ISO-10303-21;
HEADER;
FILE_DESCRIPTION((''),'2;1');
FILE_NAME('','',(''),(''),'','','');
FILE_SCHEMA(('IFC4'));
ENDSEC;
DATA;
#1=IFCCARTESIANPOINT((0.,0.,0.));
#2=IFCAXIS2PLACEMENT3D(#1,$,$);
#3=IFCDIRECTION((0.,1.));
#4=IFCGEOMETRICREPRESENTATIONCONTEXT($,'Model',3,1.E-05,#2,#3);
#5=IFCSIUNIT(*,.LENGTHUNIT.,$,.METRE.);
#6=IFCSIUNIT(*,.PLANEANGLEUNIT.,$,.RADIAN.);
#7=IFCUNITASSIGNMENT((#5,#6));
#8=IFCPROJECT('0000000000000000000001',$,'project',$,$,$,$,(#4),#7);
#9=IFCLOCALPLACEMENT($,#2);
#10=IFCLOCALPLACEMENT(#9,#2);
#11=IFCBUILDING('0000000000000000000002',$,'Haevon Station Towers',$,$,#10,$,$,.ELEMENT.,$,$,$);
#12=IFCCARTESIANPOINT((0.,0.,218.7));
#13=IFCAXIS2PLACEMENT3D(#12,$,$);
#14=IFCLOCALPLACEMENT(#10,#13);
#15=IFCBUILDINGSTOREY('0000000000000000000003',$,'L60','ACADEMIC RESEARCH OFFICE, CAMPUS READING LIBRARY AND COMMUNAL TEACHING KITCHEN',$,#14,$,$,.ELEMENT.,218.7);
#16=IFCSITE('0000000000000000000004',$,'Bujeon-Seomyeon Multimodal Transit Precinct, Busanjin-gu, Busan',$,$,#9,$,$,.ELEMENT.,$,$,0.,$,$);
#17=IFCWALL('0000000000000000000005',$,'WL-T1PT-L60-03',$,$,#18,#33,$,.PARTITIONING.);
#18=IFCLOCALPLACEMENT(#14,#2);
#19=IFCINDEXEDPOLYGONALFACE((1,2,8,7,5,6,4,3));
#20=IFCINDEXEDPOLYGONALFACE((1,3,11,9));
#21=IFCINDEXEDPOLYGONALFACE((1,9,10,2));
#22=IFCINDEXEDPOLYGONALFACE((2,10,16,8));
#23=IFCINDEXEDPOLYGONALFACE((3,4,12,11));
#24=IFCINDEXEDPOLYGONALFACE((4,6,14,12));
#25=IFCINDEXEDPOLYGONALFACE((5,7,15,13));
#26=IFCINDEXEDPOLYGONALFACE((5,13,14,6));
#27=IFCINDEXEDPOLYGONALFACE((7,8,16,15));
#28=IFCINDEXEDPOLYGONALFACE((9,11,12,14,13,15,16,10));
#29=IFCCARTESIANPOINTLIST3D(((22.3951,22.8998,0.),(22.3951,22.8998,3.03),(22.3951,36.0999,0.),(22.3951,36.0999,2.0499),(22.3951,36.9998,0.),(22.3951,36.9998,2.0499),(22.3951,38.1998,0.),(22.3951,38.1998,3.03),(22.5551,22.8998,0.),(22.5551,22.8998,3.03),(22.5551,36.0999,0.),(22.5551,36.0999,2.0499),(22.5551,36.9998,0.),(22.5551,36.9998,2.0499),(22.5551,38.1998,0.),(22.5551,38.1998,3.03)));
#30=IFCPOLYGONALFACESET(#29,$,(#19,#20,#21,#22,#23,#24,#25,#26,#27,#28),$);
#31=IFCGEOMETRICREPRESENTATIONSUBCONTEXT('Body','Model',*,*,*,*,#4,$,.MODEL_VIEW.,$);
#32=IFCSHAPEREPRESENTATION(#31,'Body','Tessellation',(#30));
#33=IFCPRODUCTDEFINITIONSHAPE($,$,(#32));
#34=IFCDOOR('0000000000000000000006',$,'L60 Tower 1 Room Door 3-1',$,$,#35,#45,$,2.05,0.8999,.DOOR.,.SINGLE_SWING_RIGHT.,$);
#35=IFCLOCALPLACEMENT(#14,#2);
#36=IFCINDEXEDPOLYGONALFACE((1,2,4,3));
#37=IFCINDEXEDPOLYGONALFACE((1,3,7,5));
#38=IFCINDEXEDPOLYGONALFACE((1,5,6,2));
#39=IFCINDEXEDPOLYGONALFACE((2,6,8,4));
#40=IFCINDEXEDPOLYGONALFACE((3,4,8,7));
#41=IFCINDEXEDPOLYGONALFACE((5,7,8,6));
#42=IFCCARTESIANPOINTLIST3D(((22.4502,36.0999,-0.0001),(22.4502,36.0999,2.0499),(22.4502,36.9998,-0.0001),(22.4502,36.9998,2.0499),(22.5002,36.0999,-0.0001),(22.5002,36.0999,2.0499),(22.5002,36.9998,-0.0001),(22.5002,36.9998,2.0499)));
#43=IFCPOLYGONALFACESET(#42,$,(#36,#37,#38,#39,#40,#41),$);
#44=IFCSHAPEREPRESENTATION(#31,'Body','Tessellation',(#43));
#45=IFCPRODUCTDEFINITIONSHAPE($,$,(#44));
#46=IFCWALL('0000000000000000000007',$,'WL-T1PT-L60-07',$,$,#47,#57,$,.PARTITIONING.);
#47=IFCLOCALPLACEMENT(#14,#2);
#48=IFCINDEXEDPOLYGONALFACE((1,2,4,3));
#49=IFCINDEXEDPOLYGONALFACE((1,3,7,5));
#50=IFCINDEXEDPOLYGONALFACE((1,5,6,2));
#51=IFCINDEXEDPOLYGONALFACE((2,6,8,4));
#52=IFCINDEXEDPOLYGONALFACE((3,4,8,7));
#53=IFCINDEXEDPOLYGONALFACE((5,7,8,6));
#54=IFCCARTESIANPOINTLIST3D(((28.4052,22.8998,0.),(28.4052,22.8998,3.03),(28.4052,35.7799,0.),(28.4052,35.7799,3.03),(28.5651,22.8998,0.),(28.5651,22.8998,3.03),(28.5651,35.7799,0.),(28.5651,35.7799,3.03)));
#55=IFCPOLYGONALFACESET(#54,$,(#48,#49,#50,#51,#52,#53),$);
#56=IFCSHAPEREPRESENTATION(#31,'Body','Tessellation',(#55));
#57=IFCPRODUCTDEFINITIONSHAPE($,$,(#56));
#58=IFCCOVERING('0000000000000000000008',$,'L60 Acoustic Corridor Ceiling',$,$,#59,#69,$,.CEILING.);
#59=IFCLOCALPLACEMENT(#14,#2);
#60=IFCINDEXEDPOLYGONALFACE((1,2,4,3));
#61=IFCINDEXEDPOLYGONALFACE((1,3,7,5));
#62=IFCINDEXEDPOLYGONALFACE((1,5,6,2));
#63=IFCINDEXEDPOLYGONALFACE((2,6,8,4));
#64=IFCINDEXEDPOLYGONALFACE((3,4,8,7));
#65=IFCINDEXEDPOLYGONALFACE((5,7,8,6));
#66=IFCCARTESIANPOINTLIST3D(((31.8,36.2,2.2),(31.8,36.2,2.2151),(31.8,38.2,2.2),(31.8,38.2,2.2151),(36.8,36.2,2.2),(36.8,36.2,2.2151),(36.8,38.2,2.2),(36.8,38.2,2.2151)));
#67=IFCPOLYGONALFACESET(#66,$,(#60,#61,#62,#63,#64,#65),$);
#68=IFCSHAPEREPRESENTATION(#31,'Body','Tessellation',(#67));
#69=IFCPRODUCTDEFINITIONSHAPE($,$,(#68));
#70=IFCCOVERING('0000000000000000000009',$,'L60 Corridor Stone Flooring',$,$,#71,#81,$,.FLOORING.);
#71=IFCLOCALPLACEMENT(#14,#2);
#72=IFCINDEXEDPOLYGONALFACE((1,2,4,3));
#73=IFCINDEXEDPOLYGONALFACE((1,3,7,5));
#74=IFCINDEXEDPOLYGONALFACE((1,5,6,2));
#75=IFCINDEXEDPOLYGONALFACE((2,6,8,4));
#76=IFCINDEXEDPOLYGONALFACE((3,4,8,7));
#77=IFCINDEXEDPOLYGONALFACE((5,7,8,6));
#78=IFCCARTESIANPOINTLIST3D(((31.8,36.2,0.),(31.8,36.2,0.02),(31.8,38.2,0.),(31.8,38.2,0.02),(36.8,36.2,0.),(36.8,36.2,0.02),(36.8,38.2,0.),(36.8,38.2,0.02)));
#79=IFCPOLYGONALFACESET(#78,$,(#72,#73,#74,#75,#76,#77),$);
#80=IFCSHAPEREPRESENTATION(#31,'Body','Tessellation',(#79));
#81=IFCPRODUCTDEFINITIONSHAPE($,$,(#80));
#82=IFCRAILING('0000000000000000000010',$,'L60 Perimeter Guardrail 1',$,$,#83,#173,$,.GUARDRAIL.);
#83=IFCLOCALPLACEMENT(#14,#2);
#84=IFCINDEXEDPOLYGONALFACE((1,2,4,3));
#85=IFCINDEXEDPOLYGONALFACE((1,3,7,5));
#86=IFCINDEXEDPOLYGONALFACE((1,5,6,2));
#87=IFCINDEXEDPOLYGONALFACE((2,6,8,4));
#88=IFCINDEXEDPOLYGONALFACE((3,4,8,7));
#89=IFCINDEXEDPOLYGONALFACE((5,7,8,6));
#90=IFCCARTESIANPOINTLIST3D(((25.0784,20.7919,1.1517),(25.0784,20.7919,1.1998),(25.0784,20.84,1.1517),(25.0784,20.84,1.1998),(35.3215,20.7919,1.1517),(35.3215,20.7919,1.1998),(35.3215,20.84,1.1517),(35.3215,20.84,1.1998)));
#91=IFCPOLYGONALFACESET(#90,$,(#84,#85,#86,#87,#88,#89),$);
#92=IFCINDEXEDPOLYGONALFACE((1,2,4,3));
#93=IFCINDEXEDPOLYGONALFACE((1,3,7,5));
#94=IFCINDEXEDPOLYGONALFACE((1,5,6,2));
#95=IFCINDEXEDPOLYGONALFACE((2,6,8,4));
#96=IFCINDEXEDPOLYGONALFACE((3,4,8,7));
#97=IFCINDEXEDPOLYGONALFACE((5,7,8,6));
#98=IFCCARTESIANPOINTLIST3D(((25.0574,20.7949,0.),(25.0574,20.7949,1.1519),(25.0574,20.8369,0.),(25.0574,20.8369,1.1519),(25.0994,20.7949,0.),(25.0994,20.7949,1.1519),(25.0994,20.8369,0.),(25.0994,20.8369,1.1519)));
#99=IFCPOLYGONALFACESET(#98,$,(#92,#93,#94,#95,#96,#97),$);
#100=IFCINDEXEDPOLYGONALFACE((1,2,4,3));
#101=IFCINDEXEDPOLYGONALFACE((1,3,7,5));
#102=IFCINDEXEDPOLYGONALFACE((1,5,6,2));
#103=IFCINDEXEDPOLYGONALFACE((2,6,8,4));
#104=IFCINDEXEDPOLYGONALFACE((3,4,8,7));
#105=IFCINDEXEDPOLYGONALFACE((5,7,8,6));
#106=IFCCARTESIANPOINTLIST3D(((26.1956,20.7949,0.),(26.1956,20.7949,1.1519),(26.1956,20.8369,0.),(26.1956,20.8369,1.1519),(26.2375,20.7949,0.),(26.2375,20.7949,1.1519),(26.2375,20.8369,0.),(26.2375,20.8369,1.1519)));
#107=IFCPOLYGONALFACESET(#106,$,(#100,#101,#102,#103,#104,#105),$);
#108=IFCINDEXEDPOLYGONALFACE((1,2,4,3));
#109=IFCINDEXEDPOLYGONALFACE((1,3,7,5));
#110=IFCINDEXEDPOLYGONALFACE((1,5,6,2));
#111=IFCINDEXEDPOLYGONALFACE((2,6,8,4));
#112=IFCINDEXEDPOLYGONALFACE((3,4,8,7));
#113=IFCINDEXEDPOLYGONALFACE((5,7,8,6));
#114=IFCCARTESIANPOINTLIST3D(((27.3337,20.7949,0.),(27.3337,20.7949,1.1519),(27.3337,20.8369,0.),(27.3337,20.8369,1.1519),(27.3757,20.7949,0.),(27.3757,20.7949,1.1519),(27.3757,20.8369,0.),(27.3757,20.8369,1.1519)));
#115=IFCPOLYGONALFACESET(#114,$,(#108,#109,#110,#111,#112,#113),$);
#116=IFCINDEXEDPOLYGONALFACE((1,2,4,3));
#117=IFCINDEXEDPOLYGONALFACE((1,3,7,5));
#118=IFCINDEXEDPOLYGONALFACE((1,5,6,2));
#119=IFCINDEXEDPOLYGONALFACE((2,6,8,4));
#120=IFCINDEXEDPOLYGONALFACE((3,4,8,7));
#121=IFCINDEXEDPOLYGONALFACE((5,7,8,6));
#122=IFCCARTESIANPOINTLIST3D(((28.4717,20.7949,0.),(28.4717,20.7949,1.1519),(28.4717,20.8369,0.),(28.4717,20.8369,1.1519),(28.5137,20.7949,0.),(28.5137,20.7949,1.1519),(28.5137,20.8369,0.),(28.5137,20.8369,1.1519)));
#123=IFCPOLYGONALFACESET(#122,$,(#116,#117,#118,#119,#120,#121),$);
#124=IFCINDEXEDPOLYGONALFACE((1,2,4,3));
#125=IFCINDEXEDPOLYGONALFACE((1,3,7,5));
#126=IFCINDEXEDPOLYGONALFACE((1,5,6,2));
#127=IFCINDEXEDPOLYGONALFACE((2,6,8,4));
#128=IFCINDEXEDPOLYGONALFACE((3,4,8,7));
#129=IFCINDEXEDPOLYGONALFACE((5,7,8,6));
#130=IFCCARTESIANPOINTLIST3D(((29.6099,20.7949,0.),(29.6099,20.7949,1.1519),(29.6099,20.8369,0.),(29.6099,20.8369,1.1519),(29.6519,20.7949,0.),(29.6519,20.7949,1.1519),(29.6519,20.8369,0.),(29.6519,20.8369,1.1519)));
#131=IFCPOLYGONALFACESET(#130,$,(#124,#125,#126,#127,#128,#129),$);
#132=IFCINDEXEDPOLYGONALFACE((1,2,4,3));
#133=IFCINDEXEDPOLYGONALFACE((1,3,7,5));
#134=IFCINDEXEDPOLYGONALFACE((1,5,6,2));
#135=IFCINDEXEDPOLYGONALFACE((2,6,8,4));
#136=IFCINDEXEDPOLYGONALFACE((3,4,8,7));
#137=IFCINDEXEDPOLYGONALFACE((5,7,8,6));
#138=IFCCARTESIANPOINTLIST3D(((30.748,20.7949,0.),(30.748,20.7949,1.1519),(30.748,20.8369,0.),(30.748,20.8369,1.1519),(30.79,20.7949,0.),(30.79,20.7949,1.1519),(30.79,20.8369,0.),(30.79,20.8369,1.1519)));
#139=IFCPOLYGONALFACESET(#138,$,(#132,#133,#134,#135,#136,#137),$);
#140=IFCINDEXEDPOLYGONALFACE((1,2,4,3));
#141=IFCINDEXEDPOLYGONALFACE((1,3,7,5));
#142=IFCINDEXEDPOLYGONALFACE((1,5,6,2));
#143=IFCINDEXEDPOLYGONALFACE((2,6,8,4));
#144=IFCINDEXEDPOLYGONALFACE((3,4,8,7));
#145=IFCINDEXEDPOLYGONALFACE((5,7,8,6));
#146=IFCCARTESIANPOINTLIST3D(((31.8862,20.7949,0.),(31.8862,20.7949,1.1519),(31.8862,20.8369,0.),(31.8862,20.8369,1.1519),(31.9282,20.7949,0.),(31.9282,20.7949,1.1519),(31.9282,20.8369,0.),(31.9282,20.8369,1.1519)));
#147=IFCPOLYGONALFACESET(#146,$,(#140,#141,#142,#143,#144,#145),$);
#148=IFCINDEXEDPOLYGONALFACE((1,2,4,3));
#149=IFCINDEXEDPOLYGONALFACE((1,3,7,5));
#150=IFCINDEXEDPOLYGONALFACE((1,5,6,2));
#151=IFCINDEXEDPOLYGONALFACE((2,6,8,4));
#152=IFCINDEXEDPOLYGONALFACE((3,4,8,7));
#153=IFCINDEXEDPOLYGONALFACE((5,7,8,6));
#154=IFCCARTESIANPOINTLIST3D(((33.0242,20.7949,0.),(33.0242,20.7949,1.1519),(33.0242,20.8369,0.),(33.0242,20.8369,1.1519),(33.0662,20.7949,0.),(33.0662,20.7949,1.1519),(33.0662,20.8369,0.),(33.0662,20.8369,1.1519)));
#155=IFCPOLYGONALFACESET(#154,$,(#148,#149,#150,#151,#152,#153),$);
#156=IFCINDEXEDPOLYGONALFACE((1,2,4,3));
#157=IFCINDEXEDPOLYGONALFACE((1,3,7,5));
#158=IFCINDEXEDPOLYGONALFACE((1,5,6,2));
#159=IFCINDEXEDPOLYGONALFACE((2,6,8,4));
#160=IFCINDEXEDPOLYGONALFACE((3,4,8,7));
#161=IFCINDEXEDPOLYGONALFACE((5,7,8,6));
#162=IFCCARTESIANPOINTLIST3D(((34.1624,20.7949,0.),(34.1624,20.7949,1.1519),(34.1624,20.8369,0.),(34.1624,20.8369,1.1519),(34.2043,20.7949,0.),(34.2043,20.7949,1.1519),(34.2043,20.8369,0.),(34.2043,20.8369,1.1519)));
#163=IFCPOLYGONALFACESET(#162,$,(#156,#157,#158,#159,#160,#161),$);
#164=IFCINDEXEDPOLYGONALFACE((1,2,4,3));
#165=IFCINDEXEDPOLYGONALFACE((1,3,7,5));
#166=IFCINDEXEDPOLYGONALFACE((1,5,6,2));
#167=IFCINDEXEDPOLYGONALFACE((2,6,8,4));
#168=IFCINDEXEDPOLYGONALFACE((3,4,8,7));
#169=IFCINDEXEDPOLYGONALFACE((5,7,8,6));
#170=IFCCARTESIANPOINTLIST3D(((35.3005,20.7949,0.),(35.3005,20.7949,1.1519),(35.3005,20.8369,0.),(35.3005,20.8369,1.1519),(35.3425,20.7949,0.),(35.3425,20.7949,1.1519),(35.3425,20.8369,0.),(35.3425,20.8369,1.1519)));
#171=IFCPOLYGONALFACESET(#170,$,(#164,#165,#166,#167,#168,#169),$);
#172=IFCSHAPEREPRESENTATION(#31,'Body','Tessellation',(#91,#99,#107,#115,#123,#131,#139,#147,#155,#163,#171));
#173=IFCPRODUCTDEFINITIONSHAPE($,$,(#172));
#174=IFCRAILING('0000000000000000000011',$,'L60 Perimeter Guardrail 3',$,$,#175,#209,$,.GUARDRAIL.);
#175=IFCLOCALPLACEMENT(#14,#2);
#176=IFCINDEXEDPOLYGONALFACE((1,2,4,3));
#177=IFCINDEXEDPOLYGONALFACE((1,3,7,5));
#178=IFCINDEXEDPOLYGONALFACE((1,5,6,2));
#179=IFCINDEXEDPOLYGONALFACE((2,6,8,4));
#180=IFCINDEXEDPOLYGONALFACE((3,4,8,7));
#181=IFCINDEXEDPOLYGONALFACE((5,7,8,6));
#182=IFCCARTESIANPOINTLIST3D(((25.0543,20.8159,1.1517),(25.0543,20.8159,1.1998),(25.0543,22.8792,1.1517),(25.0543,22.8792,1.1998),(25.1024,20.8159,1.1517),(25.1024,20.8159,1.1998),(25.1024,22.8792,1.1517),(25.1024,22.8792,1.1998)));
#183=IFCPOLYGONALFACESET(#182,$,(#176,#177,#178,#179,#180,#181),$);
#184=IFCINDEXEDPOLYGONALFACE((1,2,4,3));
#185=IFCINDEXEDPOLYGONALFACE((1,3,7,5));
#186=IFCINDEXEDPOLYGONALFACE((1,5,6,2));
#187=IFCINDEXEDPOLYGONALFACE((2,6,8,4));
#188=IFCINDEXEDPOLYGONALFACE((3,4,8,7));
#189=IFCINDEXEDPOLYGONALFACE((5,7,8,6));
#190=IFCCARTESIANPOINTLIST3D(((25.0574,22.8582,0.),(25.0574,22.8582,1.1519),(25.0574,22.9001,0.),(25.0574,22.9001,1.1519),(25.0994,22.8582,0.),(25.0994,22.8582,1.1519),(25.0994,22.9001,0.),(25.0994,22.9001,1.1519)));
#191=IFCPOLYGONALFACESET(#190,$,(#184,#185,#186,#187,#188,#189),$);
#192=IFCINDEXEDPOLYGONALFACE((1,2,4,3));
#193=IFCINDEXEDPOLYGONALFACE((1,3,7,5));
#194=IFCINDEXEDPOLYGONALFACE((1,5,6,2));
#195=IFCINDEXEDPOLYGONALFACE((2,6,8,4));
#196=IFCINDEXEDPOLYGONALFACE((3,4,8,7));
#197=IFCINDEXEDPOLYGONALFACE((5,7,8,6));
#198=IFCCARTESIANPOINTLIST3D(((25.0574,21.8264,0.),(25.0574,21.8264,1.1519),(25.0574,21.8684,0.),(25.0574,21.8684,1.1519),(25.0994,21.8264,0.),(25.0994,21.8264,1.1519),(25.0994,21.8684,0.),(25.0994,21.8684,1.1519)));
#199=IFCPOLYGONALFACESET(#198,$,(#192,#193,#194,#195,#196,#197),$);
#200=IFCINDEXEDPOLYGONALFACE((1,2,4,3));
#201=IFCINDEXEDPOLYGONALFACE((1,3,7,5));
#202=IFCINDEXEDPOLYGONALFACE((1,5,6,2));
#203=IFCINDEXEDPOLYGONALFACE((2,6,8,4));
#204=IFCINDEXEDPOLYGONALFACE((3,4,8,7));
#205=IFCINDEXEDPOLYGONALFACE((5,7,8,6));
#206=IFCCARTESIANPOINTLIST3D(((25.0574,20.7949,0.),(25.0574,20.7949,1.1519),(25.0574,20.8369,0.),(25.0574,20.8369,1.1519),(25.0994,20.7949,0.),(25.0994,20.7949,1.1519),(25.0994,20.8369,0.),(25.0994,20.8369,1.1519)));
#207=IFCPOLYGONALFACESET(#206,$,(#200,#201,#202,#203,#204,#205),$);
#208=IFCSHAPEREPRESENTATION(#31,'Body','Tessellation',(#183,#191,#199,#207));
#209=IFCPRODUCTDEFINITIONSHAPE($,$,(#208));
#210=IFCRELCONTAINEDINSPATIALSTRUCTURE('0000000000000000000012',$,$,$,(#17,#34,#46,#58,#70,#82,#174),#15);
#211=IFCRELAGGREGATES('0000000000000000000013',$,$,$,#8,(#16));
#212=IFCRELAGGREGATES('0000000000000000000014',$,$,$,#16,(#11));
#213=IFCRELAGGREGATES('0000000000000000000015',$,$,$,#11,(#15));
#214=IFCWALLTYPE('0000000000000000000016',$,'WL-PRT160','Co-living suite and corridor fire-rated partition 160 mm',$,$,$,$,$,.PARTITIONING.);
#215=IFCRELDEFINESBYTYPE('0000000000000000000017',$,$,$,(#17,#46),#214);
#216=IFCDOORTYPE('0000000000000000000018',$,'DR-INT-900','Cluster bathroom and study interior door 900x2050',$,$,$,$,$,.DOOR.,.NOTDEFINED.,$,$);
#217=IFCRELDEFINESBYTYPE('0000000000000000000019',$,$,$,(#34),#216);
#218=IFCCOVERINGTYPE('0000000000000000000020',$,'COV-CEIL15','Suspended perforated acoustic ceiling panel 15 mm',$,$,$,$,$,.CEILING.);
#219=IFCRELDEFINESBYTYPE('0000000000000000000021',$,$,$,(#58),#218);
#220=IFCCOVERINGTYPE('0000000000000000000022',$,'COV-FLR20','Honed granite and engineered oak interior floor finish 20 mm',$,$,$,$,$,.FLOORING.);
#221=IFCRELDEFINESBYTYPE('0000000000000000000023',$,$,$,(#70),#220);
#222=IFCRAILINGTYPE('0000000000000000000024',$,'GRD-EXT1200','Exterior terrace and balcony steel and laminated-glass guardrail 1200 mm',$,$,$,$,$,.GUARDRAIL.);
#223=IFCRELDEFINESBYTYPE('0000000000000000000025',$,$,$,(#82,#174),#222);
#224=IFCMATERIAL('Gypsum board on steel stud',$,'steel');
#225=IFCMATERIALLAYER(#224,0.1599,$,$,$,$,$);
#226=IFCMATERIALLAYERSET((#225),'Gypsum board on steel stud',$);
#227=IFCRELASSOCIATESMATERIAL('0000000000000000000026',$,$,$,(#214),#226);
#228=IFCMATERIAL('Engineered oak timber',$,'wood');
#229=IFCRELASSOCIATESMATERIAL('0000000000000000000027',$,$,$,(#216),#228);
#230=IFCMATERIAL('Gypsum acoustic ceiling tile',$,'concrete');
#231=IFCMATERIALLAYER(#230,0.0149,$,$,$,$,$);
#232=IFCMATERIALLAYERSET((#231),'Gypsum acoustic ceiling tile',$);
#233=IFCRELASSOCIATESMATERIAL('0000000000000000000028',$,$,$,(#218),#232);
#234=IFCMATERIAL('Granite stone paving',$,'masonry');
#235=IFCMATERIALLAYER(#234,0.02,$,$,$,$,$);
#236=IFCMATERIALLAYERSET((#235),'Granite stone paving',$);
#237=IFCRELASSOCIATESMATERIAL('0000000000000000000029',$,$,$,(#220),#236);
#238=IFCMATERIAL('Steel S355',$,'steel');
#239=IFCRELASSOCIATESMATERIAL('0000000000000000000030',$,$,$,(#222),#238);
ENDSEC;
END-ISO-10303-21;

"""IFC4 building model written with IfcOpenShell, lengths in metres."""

from ifc_helpers import new_model, si_unit, direction, frame, frame_2d, origin, origin_2d, place, context, subcontext, project, spatial, polyline, rectangle, outline, extrude, material, layer, layer_set, type_object, element, fill, save


model = new_model("IFC4")

# Units and contexts
model_context = context("Model", 3, precision=1e-05, world=origin(), true_north=direction((0.0, 1.0)))
body_context = subcontext(model_context, "Body", "Model", "MODEL_VIEW")
ifc_project = project(units=[si_unit("LENGTHUNIT", "METRE"), si_unit("PLANEANGLEUNIT", "RADIAN")], contexts=[model_context])

# Site, building, storey
site_placement = place(None, origin())
site = spatial("IfcSite", under=ifc_project, at=site_placement, Name="Bujeon-Seomyeon Multimodal Transit Precinct, Busanjin-gu, Busan", CompositionType="ELEMENT", RefElevation=0.0)
building_placement = place(site_placement, origin())
building = spatial("IfcBuilding", under=site, at=building_placement, Name="Haevon Station Towers", CompositionType="ELEMENT")
storey_placement = place(building_placement, frame((0.0, 0.0, 218.7)))
storey = spatial("IfcBuildingStorey", under=building, at=storey_placement, Name="L60", Description="ACADEMIC RESEARCH OFFICE, CAMPUS READING LIBRARY AND COMMUNAL TEACHING KITCHEN", CompositionType="ELEMENT", Elevation=218.7)

# Shared definitions
ifc_material_1 = material(Name="Steel S355", Category="steel")

# Wall, opening, door
ifc_material_2 = material(Name="Gypsum board on steel stud", Category="steel")
ifc_layer_1 = layer(ifc_material_2, 0.1599)
ifc_layer_set_1 = layer_set([ifc_layer_1], Name="Gypsum board on steel stud")
wall_type_1 = type_object("IfcWallType", Name="WL-PRT160", Description="Co-living suite and corridor fire-rated partition 160 mm", PredefinedType="PARTITIONING", material=ifc_layer_set_1)
wall_1_placement = place(storey_placement, frame((22.4751, 22.8999, 0.0), z_axis=(0.0, 0.0, 1.0), x_axis=(0.0, 1.0, 0.0)))
wall_1 = element("IfcWall", 1, at=wall_1_placement, inside=storey, type_object=wall_type_1, Name="WL-T1PT-L60-03", PredefinedType="PARTITIONING", context=body_context, shape_type="SweptSolid", body=[
    extrude(rectangle(XDim=15.3, YDim=0.1599, at=frame_2d((7.6499, 0.0))), origin(), (0.0, 0.0, 1.0), 3.03),
])
opening_placement = place(wall_1_placement, frame((13.2, 0.0, 0.0)))
opening = element("IfcOpeningElement", 2, at=opening_placement, cuts=wall_1, PredefinedType="OPENING", context=body_context, shape_type="SweptSolid", body=[
    extrude(rectangle(XDim=0.8999, YDim=2.05, at=frame_2d((0.45, 1.0249))), frame((0.0, 0.0898, 0.0), z_axis=(0.0, -1.0, 0.0), x_axis=(1.0, 0.0, 0.0)), (0.0, 0.0, 1.0), 0.1799),
])
ifc_material_3 = material(Name="Engineered oak timber", Category="wood")
door_type = type_object("IfcDoorType", Name="DR-INT-900", Description="Cluster bathroom and study interior door 900x2050", OperationType="NOTDEFINED", PredefinedType="DOOR", material=ifc_material_3)
door_placement = place(opening_placement, origin())
door = element("IfcDoor", 3, at=door_placement, inside=storey, type_object=door_type, Name="L60 Tower 1 Room Door 3-1", OperationType="SINGLE_SWING_RIGHT", OverallHeight=2.05, OverallWidth=0.8999, PredefinedType="DOOR", context=body_context, shape_type="SweptSolid", body=[
    extrude(rectangle(XDim=0.8999, YDim=2.05, at=frame_2d((0.45, 1.0249))), frame((0.0, 0.0249, 0.0), z_axis=(0.0, -1.0, 0.0), x_axis=(1.0, 0.0, 0.0)), (0.0, 0.0, 1.0), 0.05),
])
fill(opening, door)

# Wall
wall_2_placement = place(storey_placement, frame((28.4851, 22.8999, 0.0), z_axis=(0.0, 0.0, 1.0), x_axis=(0.0, 1.0, 0.0)))
element("IfcWall", 4, at=wall_2_placement, inside=storey, type_object=wall_type_1, Name="WL-T1PT-L60-07", PredefinedType="PARTITIONING", context=body_context, shape_type="SweptSolid", body=[
    extrude(rectangle(XDim=12.8801, YDim=0.1599, at=frame_2d((6.4399, 0.0))), origin(), (0.0, 0.0, 1.0), 3.03),
])

# Coverings
ifc_material_4 = material(Name="Gypsum acoustic ceiling tile", Category="concrete")
ifc_layer_2 = layer(ifc_material_4, 0.0149)
ifc_layer_set_2 = layer_set([ifc_layer_2], Name="Gypsum acoustic ceiling tile")
covering_type_1 = type_object("IfcCoveringType", Name="COV-CEIL15", Description="Suspended perforated acoustic ceiling panel 15 mm", PredefinedType="CEILING", material=ifc_layer_set_2)
covering_1_placement = place(storey_placement, frame((0.0, 0.0, 2.2)))
element("IfcCovering", 5, at=covering_1_placement, inside=storey, type_object=covering_type_1, Name="L60 Acoustic Corridor Ceiling", PredefinedType="CEILING", context=body_context, shape_type="SweptSolid", body=[
    extrude(outline(polyline([(31.8, 36.2), (36.8, 36.2), (36.8, 38.2), (31.8, 38.2), (31.8, 36.2)])), origin(), (0.0, 0.0, 1.0), 0.0151),
])
ifc_material_5 = material(Name="Granite stone paving", Category="masonry")
ifc_layer_3 = layer(ifc_material_5, 0.02)
ifc_layer_set_3 = layer_set([ifc_layer_3], Name="Granite stone paving")
covering_type_2 = type_object("IfcCoveringType", Name="COV-FLR20", Description="Honed granite and engineered oak interior floor finish 20 mm", PredefinedType="FLOORING", material=ifc_layer_set_3)
covering_2_placement = place(storey_placement, origin())
element("IfcCovering", 6, at=covering_2_placement, inside=storey, type_object=covering_type_2, Name="L60 Corridor Stone Flooring", PredefinedType="FLOORING", context=body_context, shape_type="SweptSolid", body=[
    extrude(outline(polyline([(31.8, 36.2), (36.8, 36.2), (36.8, 38.2), (31.8, 38.2), (31.8, 36.2)])), origin(), (0.0, 0.0, 1.0), 0.02),
])

# Railings
railing_type = type_object("IfcRailingType", Name="GRD-EXT1200", Description="Exterior terrace and balcony steel and laminated-glass guardrail 1200 mm", PredefinedType="GUARDRAIL", material=ifc_material_1)
railing_1_placement = place(storey_placement, frame((25.0784, 20.8159, 0.0)))
element("IfcRailing", 7, at=railing_1_placement, inside=storey, type_object=railing_type, Name="L60 Perimeter Guardrail 1", PredefinedType="GUARDRAIL", context=body_context, shape_type="SweptSolid", body=[
    extrude(rectangle(XDim=0.0481, YDim=0.0481, at=origin_2d()), frame((0.0, 0.0, 1.1758), z_axis=(1.0, 0.0, 0.0), x_axis=(0.0, 1.0, 0.0)), (0.0, 0.0, 1.0), 10.2432),
    extrude(rectangle(XDim=0.042, YDim=0.042, at=origin_2d()), origin(), (0.0, 0.0, 1.0), 1.1519),
    extrude(rectangle(XDim=0.042, YDim=0.042, at=origin_2d()), frame((1.1382, 0.0, 0.0)), (0.0, 0.0, 1.0), 1.1519),
    extrude(rectangle(XDim=0.042, YDim=0.042, at=origin_2d()), frame((2.2764, 0.0, 0.0)), (0.0, 0.0, 1.0), 1.1519),
    extrude(rectangle(XDim=0.042, YDim=0.042, at=origin_2d()), frame((3.4143, 0.0, 0.0)), (0.0, 0.0, 1.0), 1.1519),
    extrude(rectangle(XDim=0.042, YDim=0.042, at=origin_2d()), frame((4.5525, 0.0, 0.0)), (0.0, 0.0, 1.0), 1.1519),
    extrude(rectangle(XDim=0.042, YDim=0.042, at=origin_2d()), frame((5.6907, 0.0, 0.0)), (0.0, 0.0, 1.0), 1.1519),
    extrude(rectangle(XDim=0.042, YDim=0.042, at=origin_2d()), frame((6.8289, 0.0, 0.0)), (0.0, 0.0, 1.0), 1.1519),
    extrude(rectangle(XDim=0.042, YDim=0.042, at=origin_2d()), frame((7.9668, 0.0, 0.0)), (0.0, 0.0, 1.0), 1.1519),
    extrude(rectangle(XDim=0.042, YDim=0.042, at=origin_2d()), frame((9.105, 0.0, 0.0)), (0.0, 0.0, 1.0), 1.1519),
    extrude(rectangle(XDim=0.042, YDim=0.042, at=origin_2d()), frame((10.2432, 0.0, 0.0)), (0.0, 0.0, 1.0), 1.1519),
])
railing_2_placement = place(storey_placement, frame((25.0784, 22.8792, 0.0)))
element("IfcRailing", 8, at=railing_2_placement, inside=storey, type_object=railing_type, Name="L60 Perimeter Guardrail 3", PredefinedType="GUARDRAIL", context=body_context, shape_type="SweptSolid", body=[
    extrude(rectangle(XDim=0.0481, YDim=0.0481, at=origin_2d()), frame((0.0, 0.0, 1.1758), z_axis=(0.0, -1.0, 0.0), x_axis=(1.0, 0.0, 0.0)), (0.0, 0.0, 1.0), 2.0632),
    extrude(rectangle(XDim=0.042, YDim=0.042, at=origin_2d()), origin(), (0.0, 0.0, 1.0), 1.1519),
    extrude(rectangle(XDim=0.042, YDim=0.042, at=origin_2d()), frame((0.0, -1.0317, 0.0)), (0.0, 0.0, 1.0), 1.1519),
    extrude(rectangle(XDim=0.042, YDim=0.042, at=origin_2d()), frame((0.0, -2.0632, 0.0)), (0.0, 0.0, 1.0), 1.1519),
])

save(model, "model.ifc")
